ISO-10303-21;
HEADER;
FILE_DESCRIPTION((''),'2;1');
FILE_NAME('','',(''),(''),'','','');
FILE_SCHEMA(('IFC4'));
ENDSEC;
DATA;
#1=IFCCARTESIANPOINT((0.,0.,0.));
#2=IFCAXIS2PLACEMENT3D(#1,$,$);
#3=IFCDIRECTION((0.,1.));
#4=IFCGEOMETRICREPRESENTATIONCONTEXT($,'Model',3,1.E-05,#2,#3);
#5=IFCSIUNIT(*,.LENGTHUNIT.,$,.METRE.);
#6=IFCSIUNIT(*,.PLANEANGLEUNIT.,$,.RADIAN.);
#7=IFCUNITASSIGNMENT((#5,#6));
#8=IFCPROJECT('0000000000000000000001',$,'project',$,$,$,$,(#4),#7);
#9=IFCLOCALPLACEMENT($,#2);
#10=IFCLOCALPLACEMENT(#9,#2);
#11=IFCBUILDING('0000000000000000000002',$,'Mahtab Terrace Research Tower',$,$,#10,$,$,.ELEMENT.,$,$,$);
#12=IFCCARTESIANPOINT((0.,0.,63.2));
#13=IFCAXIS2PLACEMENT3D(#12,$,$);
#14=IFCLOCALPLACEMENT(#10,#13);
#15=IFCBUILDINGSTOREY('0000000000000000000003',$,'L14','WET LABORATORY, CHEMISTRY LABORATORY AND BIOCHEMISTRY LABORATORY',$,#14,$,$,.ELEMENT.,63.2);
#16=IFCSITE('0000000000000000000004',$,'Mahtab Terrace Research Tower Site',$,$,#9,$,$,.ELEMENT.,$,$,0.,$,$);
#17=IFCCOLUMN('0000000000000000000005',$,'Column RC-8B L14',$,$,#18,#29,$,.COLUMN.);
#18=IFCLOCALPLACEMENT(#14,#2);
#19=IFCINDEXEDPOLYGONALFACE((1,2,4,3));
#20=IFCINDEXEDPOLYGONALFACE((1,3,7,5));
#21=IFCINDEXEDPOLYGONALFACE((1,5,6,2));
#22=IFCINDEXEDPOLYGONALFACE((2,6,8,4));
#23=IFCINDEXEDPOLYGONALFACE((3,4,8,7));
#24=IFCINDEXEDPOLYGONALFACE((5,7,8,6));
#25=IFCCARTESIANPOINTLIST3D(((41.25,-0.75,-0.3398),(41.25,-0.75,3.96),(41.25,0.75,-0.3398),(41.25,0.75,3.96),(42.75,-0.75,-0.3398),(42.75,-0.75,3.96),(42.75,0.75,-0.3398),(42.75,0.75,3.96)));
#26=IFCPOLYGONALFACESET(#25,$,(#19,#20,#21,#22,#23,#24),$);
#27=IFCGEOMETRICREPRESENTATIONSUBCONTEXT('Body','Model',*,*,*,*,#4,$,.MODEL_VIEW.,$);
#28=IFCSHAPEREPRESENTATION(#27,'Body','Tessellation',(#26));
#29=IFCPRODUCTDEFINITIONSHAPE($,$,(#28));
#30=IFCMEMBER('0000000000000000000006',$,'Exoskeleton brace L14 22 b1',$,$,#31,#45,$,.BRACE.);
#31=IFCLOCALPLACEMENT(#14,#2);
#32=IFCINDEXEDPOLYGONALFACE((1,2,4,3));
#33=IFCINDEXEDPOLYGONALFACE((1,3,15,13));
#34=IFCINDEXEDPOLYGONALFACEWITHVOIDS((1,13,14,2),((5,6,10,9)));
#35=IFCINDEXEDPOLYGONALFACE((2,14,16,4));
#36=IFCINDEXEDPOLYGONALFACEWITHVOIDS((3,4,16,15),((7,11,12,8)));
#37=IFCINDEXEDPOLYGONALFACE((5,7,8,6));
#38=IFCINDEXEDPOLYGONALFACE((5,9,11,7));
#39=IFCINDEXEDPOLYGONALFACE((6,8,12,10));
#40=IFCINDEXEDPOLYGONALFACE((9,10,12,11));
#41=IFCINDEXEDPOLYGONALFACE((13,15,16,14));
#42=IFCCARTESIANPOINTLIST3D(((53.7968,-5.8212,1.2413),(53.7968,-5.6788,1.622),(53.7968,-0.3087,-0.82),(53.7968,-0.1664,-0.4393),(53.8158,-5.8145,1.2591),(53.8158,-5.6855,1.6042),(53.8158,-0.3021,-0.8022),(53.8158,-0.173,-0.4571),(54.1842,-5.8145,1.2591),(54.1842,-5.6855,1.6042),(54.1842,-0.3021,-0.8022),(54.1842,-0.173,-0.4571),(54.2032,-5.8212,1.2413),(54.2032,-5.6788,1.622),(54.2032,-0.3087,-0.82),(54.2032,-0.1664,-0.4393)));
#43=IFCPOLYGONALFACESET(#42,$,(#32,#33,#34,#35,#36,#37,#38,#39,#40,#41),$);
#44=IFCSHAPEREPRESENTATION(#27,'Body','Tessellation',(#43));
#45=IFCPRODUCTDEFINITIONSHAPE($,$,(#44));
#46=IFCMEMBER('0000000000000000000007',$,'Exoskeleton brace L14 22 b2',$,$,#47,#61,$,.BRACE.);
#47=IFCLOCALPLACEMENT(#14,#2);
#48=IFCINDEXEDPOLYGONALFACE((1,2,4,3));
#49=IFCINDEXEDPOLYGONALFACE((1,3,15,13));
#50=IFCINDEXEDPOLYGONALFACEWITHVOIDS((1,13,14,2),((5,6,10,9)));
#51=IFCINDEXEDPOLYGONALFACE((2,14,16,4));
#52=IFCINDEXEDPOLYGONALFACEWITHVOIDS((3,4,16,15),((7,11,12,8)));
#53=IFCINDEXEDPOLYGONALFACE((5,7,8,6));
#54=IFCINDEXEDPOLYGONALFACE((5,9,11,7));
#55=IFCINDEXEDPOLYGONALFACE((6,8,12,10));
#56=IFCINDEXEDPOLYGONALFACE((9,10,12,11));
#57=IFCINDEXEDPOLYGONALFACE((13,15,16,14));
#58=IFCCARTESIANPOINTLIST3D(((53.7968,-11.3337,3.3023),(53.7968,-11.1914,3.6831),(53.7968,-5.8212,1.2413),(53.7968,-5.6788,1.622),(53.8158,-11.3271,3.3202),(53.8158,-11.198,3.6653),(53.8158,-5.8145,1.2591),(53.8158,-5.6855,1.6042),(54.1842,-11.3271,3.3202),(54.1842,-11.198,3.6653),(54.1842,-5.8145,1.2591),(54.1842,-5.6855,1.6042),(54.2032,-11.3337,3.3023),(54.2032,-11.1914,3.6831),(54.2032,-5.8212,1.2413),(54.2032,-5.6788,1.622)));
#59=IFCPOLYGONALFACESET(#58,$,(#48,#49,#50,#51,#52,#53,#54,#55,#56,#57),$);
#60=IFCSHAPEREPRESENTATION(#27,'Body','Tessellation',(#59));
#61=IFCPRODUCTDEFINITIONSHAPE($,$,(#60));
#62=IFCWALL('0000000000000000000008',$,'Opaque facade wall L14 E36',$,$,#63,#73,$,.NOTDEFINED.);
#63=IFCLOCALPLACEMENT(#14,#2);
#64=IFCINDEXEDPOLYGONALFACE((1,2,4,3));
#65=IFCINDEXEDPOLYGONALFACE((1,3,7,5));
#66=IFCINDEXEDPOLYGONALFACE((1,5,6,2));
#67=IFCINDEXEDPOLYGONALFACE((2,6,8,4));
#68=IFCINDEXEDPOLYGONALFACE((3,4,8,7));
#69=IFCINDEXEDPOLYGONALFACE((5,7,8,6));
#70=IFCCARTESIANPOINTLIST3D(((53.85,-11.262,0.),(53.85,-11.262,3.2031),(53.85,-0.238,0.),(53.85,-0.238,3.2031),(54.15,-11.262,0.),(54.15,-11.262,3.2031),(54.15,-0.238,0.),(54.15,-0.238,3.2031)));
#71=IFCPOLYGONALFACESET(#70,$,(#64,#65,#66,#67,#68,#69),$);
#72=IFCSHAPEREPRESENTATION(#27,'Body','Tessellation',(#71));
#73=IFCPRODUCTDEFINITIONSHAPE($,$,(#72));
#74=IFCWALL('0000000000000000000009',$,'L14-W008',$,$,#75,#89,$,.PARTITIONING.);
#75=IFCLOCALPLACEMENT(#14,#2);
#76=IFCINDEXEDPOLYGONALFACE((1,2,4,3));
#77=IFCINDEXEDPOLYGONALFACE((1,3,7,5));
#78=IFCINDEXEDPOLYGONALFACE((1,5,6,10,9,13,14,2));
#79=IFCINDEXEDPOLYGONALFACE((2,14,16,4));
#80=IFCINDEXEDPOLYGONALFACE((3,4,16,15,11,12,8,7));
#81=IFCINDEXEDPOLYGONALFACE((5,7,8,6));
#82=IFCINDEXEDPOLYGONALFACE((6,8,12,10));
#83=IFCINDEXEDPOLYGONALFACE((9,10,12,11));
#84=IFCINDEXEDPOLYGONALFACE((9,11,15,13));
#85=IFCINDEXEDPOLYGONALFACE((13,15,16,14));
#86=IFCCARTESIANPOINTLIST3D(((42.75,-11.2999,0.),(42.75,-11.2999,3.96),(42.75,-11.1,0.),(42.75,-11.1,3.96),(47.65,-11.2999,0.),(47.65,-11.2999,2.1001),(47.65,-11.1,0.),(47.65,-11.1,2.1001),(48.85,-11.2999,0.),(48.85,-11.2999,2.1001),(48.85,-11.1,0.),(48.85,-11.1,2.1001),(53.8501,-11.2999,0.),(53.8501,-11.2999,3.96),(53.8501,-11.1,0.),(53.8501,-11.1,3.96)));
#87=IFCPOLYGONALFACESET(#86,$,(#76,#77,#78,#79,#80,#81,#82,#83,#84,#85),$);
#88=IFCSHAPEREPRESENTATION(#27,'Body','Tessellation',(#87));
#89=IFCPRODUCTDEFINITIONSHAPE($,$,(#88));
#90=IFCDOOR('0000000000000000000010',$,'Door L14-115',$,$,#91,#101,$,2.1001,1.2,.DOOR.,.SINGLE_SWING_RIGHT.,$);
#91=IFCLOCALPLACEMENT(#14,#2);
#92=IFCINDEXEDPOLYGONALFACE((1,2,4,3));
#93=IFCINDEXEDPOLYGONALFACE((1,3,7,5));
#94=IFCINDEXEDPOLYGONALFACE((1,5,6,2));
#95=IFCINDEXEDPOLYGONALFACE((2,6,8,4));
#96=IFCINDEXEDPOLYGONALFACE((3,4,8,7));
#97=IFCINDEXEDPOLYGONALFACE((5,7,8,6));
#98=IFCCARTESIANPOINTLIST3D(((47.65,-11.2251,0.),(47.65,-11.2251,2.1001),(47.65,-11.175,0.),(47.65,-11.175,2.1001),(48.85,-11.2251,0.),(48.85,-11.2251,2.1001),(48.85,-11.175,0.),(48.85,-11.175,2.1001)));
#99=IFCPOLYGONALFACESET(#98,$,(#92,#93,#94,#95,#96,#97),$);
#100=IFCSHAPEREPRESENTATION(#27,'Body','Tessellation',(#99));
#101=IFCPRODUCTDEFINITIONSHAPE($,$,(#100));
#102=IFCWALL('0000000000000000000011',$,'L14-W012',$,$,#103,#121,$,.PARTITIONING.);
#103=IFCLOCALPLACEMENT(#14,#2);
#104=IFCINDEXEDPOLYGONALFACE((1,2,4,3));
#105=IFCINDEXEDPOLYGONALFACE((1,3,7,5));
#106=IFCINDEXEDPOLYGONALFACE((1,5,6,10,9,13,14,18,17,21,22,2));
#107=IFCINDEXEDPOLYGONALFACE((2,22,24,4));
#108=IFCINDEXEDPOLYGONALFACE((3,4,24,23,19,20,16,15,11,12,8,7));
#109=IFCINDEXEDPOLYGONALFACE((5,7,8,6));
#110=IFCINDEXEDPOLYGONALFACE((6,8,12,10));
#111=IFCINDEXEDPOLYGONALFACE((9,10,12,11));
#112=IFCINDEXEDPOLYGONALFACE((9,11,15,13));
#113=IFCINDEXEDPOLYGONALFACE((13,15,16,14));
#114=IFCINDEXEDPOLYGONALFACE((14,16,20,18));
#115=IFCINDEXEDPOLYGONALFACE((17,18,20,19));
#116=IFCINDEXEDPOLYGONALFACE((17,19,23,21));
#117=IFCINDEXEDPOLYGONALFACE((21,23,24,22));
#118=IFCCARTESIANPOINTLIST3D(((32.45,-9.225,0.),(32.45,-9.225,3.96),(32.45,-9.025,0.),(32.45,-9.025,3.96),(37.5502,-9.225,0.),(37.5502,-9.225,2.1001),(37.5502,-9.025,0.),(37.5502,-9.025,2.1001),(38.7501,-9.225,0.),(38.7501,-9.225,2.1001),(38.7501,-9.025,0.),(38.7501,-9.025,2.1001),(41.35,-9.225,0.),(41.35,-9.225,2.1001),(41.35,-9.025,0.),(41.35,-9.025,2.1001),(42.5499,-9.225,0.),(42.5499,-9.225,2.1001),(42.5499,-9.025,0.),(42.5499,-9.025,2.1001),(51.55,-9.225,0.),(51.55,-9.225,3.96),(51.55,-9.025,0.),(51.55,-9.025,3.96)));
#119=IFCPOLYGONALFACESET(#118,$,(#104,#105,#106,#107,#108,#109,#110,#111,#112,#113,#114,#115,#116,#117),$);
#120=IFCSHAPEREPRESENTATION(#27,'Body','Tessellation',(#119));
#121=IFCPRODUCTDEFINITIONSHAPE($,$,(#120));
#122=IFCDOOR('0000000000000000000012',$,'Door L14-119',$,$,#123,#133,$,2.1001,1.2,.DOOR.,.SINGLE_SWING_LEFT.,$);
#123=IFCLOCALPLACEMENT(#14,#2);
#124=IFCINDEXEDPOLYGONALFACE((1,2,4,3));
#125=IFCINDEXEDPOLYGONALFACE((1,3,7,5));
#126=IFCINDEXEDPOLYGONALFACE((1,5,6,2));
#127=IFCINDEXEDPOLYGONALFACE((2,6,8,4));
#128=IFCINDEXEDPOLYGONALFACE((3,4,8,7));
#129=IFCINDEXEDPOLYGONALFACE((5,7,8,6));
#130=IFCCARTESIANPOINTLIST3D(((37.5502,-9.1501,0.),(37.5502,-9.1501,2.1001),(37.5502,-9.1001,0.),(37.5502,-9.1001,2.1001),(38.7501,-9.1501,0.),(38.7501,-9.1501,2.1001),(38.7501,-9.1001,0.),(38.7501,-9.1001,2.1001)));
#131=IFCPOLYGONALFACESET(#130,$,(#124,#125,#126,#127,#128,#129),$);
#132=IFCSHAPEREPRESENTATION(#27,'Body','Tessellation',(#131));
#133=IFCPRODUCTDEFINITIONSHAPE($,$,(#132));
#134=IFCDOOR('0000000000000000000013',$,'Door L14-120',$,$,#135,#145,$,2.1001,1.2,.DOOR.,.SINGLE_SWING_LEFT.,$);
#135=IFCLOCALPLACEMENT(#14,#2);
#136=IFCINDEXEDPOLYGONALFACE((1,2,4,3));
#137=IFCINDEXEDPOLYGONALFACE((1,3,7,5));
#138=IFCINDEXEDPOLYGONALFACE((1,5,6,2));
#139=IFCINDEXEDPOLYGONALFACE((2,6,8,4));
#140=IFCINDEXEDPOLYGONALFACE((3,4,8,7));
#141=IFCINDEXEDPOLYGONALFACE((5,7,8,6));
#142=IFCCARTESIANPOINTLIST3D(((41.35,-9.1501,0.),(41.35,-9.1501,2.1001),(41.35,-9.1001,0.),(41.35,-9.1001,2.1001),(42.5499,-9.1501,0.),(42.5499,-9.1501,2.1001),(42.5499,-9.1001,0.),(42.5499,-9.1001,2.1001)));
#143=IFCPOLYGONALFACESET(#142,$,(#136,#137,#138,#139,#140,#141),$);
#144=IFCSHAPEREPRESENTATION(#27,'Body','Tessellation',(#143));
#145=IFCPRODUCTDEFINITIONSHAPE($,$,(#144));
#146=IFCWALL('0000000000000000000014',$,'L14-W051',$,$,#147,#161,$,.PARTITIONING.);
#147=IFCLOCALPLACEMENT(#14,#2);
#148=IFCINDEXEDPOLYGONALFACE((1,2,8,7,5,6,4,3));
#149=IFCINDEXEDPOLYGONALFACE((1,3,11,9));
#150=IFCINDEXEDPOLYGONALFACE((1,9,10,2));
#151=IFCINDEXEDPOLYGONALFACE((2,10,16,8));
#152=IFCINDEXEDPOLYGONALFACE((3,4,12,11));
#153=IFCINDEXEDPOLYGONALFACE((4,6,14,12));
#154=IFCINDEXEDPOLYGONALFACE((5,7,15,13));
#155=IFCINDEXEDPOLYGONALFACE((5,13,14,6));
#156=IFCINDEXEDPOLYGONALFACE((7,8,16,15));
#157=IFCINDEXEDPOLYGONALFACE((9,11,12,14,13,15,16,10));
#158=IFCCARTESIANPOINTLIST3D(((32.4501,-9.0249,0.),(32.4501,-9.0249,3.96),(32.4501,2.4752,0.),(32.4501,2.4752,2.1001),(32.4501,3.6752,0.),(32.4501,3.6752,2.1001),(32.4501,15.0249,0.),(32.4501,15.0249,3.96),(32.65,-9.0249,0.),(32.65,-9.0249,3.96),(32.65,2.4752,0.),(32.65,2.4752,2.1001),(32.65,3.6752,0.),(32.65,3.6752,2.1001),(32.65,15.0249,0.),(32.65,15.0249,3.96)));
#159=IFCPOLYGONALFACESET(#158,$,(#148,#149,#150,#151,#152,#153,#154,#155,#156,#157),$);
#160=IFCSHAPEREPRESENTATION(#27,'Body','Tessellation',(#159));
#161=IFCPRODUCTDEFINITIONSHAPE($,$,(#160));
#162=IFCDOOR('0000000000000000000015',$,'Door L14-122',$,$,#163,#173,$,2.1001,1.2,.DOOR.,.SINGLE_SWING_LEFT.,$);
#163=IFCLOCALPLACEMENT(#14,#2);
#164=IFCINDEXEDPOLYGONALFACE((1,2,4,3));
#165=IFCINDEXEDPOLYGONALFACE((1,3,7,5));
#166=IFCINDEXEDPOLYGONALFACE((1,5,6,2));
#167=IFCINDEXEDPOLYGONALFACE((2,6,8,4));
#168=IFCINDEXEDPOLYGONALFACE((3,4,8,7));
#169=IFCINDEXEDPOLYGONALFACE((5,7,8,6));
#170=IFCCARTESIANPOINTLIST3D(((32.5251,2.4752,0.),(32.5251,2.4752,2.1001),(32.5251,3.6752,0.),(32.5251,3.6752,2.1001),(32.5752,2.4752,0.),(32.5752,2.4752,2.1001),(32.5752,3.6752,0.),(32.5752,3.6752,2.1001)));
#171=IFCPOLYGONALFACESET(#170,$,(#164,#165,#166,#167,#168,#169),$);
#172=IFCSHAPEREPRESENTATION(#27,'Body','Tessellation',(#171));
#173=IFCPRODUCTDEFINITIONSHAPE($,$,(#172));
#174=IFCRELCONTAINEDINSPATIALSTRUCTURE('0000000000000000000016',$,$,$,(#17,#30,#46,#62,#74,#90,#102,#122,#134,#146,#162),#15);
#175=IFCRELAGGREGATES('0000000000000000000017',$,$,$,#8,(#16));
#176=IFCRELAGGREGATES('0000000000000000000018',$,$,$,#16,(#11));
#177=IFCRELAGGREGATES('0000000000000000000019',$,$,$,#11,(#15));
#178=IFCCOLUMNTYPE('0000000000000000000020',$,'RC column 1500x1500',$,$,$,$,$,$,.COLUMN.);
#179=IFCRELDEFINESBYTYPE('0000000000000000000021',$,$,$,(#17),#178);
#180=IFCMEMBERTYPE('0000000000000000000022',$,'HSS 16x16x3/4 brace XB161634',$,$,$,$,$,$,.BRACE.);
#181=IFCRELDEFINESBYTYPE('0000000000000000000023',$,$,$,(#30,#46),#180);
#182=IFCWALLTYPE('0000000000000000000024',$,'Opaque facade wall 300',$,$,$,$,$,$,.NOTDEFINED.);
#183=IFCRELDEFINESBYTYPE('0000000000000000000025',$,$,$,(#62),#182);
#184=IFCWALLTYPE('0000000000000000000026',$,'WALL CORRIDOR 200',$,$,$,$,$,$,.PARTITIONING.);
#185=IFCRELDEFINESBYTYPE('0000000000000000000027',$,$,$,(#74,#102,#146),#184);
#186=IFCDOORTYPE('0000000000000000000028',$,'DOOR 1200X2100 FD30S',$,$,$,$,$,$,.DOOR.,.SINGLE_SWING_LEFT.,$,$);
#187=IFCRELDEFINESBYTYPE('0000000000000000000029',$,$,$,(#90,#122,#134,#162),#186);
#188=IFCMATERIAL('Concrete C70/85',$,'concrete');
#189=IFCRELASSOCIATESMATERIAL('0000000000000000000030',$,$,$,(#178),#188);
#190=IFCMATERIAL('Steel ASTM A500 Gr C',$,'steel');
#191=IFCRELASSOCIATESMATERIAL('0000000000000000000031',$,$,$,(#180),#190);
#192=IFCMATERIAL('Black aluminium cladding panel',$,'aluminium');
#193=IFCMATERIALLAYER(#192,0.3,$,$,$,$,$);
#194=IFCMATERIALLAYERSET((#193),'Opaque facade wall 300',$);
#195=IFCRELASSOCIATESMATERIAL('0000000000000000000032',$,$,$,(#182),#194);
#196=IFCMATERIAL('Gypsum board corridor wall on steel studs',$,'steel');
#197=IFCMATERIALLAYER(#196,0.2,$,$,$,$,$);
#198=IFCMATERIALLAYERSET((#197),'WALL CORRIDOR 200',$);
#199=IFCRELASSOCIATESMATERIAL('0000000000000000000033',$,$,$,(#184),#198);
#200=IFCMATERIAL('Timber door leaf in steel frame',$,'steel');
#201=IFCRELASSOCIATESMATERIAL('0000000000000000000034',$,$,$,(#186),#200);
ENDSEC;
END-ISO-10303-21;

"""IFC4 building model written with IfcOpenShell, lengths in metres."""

from ifc_helpers import new_model, si_unit, direction, frame, frame_2d, origin, origin_2d, place, context, subcontext, project, spatial, rectangle, hollow_rectangle, extrude, material, layer, layer_set, material_profile, profile_set, type_object, element, fill, save


model = new_model("IFC4")

# Units and contexts
model_context = context("Model", 3, precision=1e-05, world=origin(), true_north=direction((0.0, 1.0)))
body_context = subcontext(model_context, "Body", "Model", "MODEL_VIEW")
ifc_project = project(units=[si_unit("LENGTHUNIT", "METRE"), si_unit("PLANEANGLEUNIT", "RADIAN")], contexts=[model_context])

# Site, building, storey
site_placement = place(None, origin())
site = spatial("IfcSite", under=ifc_project, at=site_placement, Name="Mahtab Terrace Research Tower Site", CompositionType="ELEMENT", RefElevation=0.0)
building_placement = place(site_placement, origin())
building = spatial("IfcBuilding", under=site, at=building_placement, Name="Mahtab Terrace Research Tower", CompositionType="ELEMENT")
storey_placement = place(building_placement, frame((0.0, 0.0, 63.2)))
storey = spatial("IfcBuildingStorey", under=building, at=storey_placement, Name="L14", Description="WET LABORATORY, CHEMISTRY LABORATORY AND BIOCHEMISTRY LABORATORY", CompositionType="ELEMENT", Elevation=63.2)

# Column
ifc_material_1 = material(Name="Concrete C70/85", Category="concrete")
ifc_material_profile_1 = material_profile(ifc_material_1, rectangle(XDim=1.5, YDim=1.5, at=origin_2d()), Name="RC column 1500x1500")
ifc_profile_set_1 = profile_set([ifc_material_profile_1], Name="Concrete C70/85")
column_type = type_object("IfcColumnType", Name="RC column 1500x1500", PredefinedType="COLUMN", material=ifc_profile_set_1)
column_placement = place(storey_placement, frame((42.0, 0.0, -0.3398), z_axis=(0.0, 0.0, 1.0), x_axis=(1.0, 0.0, 0.0)))
element("IfcColumn", 1, at=column_placement, inside=storey, type_object=column_type, Name="Column RC-8B L14", PredefinedType="COLUMN", context=body_context, shape_type="SweptSolid", body=[
    extrude(rectangle(XDim=1.5, YDim=1.5, at=origin_2d()), origin(), (0.0, 0.0, 1.0), 4.2998),
])

# Members
ifc_material_2 = material(Name="Steel ASTM A500 Gr C", Category="steel")
ifc_material_profile_2 = material_profile(ifc_material_2, hollow_rectangle(XDim=0.4065, YDim=0.4065, WallThickness=0.019, at=origin_2d()), Name="HSS16X16X3/4")
ifc_profile_set_2 = profile_set([ifc_material_profile_2], Name="Steel ASTM A500 Gr C")
member_type = type_object("IfcMemberType", Name="HSS 16x16x3/4 brace XB161634", PredefinedType="BRACE", material=ifc_profile_set_2)
for number, where, z_axis, x_axis, name in (
    (2, (54.0, -0.2375, -0.6296), (0.0, -0.936658, 0.350246), (1.0, 0.0, 0.0), "Exoskeleton brace L14 22 b1"),
    (3, (54.0, -5.75, 1.4316), (0.0, -0.936671, 0.350209), (1.0, 0.0, 0.0), "Exoskeleton brace L14 22 b2"),
):
    element("IfcMember", number, at=place(storey_placement, frame(where, z_axis=z_axis, x_axis=x_axis)), inside=storey, type_object=member_type, Name=name, PredefinedType="BRACE", context=body_context, shape_type="SweptSolid", body=[
        extrude(hollow_rectangle(XDim=0.4065, YDim=0.4065, WallThickness=0.019, at=origin_2d()), origin(), (0.0, 0.0, 1.0), 5.8853),
    ])

# Wall
ifc_material_3 = material(Name="Black aluminium cladding panel", Category="aluminium")
ifc_layer_1 = layer(ifc_material_3, 0.3)
ifc_layer_set_1 = layer_set([ifc_layer_1], Name="Opaque facade wall 300")
wall_type_1 = type_object("IfcWallType", Name="Opaque facade wall 300", PredefinedType="NOTDEFINED", material=ifc_layer_set_1)
wall_1_placement = place(storey_placement, frame((54.0, -11.262, 0.0), z_axis=(0.0, 0.0, 1.0), x_axis=(0.0, 1.0, 0.0)))
element("IfcWall", 4, at=wall_1_placement, inside=storey, type_object=wall_type_1, Name="Opaque facade wall L14 E36", PredefinedType="NOTDEFINED", context=body_context, shape_type="SweptSolid", body=[
    extrude(rectangle(XDim=11.0239, YDim=0.3, at=frame_2d((5.512, 0.0))), origin(), (0.0, 0.0, 1.0), 3.2031),
])

# Wall, opening, door
ifc_material_4 = material(Name="Gypsum board corridor wall on steel studs", Category="steel")
ifc_layer_2 = layer(ifc_material_4, 0.2)
ifc_layer_set_2 = layer_set([ifc_layer_2], Name="WALL CORRIDOR 200")
wall_type_2 = type_object("IfcWallType", Name="WALL CORRIDOR 200", PredefinedType="PARTITIONING", material=ifc_layer_set_2)
wall_2_placement = place(storey_placement, frame((42.75, -11.2, 0.0), z_axis=(0.0, 0.0, 1.0), x_axis=(1.0, 0.0, 0.0)))
wall_2 = element("IfcWall", 5, at=wall_2_placement, inside=storey, type_object=wall_type_2, Name="L14-W008", PredefinedType="PARTITIONING", context=body_context, shape_type="SweptSolid", body=[
    extrude(rectangle(XDim=11.1001, YDim=0.2, at=frame_2d((5.55, 0.0))), origin(), (0.0, 0.0, 1.0), 3.96),
])
opening_1_placement = place(wall_2_placement, frame((4.8999, 0.0, 0.0)))
opening_1 = element("IfcOpeningElement", 6, at=opening_1_placement, cuts=wall_2, PredefinedType="OPENING", context=body_context, shape_type="SweptSolid", body=[
    extrude(rectangle(XDim=1.2, YDim=2.1001, at=frame_2d((0.6001, 1.05))), frame((0.0, 0.1099, 0.0), z_axis=(0.0, -1.0, 0.0), x_axis=(1.0, 0.0, 0.0)), (0.0, 0.0, 1.0), 0.22),
])
ifc_material_5 = material(Name="Timber door leaf in steel frame", Category="steel")
door_type = type_object("IfcDoorType", Name="DOOR 1200X2100 FD30S", OperationType="SINGLE_SWING_LEFT", PredefinedType="DOOR", material=ifc_material_5)
door_1_placement = place(opening_1_placement, origin())
door_1 = element("IfcDoor", 7, at=door_1_placement, inside=storey, type_object=door_type, Name="Door L14-115", OperationType="SINGLE_SWING_RIGHT", OverallHeight=2.1001, OverallWidth=1.2, PredefinedType="DOOR", context=body_context, shape_type="SweptSolid", body=[
    extrude(rectangle(XDim=1.2, YDim=2.1001, at=frame_2d((0.6001, 1.05))), frame((0.0, 0.0249, 0.0), z_axis=(0.0, -1.0, 0.0), x_axis=(1.0, 0.0, 0.0)), (0.0, 0.0, 1.0), 0.05),
])
fill(opening_1, door_1)

# Wall, openings, doors
wall_3_placement = place(storey_placement, frame((32.45, -9.125, 0.0), z_axis=(0.0, 0.0, 1.0), x_axis=(1.0, 0.0, 0.0)))
wall_3 = element("IfcWall", 8, at=wall_3_placement, inside=storey, type_object=wall_type_2, Name="L14-W012", PredefinedType="PARTITIONING", context=body_context, shape_type="SweptSolid", body=[
    extrude(rectangle(XDim=19.1001, YDim=0.2, at=frame_2d((9.55, 0.0))), origin(), (0.0, 0.0, 1.0), 3.96),
])
opening_2_placement = place(wall_3_placement, frame((5.1001, 0.0, 0.0)))
opening_2 = element("IfcOpeningElement", 9, at=opening_2_placement, cuts=wall_3, PredefinedType="OPENING", context=body_context, shape_type="SweptSolid", body=[
    extrude(rectangle(XDim=1.2, YDim=2.1001, at=frame_2d((0.6001, 1.05))), frame((0.0, 0.1099, 0.0), z_axis=(0.0, -1.0, 0.0), x_axis=(1.0, 0.0, 0.0)), (0.0, 0.0, 1.0), 0.22),
])
opening_3_placement = place(wall_3_placement, frame((8.8999, 0.0, 0.0)))
opening_3 = element("IfcOpeningElement", 10, at=opening_3_placement, cuts=wall_3, PredefinedType="OPENING", context=body_context, shape_type="SweptSolid", body=[
    extrude(rectangle(XDim=1.2, YDim=2.1001, at=frame_2d((0.6001, 1.05))), frame((0.0, 0.1099, 0.0), z_axis=(0.0, -1.0, 0.0), x_axis=(1.0, 0.0, 0.0)), (0.0, 0.0, 1.0), 0.22),
])
door_2_placement = place(opening_2_placement, origin())
door_2 = element("IfcDoor", 11, at=door_2_placement, inside=storey, type_object=door_type, Name="Door L14-119", OperationType="SINGLE_SWING_LEFT", OverallHeight=2.1001, OverallWidth=1.2, PredefinedType="DOOR", context=body_context, shape_type="SweptSolid", body=[
    extrude(rectangle(XDim=1.2, YDim=2.1001, at=frame_2d((0.6001, 1.05))), frame((0.0, 0.0249, 0.0), z_axis=(0.0, -1.0, 0.0), x_axis=(1.0, 0.0, 0.0)), (0.0, 0.0, 1.0), 0.05),
])
fill(opening_2, door_2)
door_3_placement = place(opening_3_placement, origin())
door_3 = element("IfcDoor", 12, at=door_3_placement, inside=storey, type_object=door_type, Name="Door L14-120", OperationType="SINGLE_SWING_LEFT", OverallHeight=2.1001, OverallWidth=1.2, PredefinedType="DOOR", context=body_context, shape_type="SweptSolid", body=[
    extrude(rectangle(XDim=1.2, YDim=2.1001, at=frame_2d((0.6001, 1.05))), frame((0.0, 0.0249, 0.0), z_axis=(0.0, -1.0, 0.0), x_axis=(1.0, 0.0, 0.0)), (0.0, 0.0, 1.0), 0.05),
])
fill(opening_3, door_3)

# Wall, opening, door
wall_4_placement = place(storey_placement, frame((32.55, -9.0249, 0.0), z_axis=(0.0, 0.0, 1.0), x_axis=(0.0, 1.0, 0.0)))
wall_4 = element("IfcWall", 13, at=wall_4_placement, inside=storey, type_object=wall_type_2, Name="L14-W051", PredefinedType="PARTITIONING", context=body_context, shape_type="SweptSolid", body=[
    extrude(rectangle(XDim=24.0498, YDim=0.2, at=frame_2d((12.0249, 0.0))), origin(), (0.0, 0.0, 1.0), 3.96),
])
opening_4_placement = place(wall_4_placement, frame((11.5, 0.0, 0.0)))
opening_4 = element("IfcOpeningElement", 14, at=opening_4_placement, cuts=wall_4, PredefinedType="OPENING", context=body_context, shape_type="SweptSolid", body=[
    extrude(rectangle(XDim=1.2, YDim=2.1001, at=frame_2d((0.6001, 1.05))), frame((0.0, 0.1099, 0.0), z_axis=(0.0, -1.0, 0.0), x_axis=(1.0, 0.0, 0.0)), (0.0, 0.0, 1.0), 0.22),
])
door_4_placement = place(opening_4_placement, origin())
door_4 = element("IfcDoor", 15, at=door_4_placement, inside=storey, type_object=door_type, Name="Door L14-122", OperationType="SINGLE_SWING_LEFT", OverallHeight=2.1001, OverallWidth=1.2, PredefinedType="DOOR", context=body_context, shape_type="SweptSolid", body=[
    extrude(rectangle(XDim=1.2, YDim=2.1001, at=frame_2d((0.6001, 1.05))), frame((0.0, 0.0249, 0.0), z_axis=(0.0, -1.0, 0.0), x_axis=(1.0, 0.0, 0.0)), (0.0, 0.0, 1.0), 0.05),
])
fill(opening_4, door_4)

save(model, "model.ifc")
